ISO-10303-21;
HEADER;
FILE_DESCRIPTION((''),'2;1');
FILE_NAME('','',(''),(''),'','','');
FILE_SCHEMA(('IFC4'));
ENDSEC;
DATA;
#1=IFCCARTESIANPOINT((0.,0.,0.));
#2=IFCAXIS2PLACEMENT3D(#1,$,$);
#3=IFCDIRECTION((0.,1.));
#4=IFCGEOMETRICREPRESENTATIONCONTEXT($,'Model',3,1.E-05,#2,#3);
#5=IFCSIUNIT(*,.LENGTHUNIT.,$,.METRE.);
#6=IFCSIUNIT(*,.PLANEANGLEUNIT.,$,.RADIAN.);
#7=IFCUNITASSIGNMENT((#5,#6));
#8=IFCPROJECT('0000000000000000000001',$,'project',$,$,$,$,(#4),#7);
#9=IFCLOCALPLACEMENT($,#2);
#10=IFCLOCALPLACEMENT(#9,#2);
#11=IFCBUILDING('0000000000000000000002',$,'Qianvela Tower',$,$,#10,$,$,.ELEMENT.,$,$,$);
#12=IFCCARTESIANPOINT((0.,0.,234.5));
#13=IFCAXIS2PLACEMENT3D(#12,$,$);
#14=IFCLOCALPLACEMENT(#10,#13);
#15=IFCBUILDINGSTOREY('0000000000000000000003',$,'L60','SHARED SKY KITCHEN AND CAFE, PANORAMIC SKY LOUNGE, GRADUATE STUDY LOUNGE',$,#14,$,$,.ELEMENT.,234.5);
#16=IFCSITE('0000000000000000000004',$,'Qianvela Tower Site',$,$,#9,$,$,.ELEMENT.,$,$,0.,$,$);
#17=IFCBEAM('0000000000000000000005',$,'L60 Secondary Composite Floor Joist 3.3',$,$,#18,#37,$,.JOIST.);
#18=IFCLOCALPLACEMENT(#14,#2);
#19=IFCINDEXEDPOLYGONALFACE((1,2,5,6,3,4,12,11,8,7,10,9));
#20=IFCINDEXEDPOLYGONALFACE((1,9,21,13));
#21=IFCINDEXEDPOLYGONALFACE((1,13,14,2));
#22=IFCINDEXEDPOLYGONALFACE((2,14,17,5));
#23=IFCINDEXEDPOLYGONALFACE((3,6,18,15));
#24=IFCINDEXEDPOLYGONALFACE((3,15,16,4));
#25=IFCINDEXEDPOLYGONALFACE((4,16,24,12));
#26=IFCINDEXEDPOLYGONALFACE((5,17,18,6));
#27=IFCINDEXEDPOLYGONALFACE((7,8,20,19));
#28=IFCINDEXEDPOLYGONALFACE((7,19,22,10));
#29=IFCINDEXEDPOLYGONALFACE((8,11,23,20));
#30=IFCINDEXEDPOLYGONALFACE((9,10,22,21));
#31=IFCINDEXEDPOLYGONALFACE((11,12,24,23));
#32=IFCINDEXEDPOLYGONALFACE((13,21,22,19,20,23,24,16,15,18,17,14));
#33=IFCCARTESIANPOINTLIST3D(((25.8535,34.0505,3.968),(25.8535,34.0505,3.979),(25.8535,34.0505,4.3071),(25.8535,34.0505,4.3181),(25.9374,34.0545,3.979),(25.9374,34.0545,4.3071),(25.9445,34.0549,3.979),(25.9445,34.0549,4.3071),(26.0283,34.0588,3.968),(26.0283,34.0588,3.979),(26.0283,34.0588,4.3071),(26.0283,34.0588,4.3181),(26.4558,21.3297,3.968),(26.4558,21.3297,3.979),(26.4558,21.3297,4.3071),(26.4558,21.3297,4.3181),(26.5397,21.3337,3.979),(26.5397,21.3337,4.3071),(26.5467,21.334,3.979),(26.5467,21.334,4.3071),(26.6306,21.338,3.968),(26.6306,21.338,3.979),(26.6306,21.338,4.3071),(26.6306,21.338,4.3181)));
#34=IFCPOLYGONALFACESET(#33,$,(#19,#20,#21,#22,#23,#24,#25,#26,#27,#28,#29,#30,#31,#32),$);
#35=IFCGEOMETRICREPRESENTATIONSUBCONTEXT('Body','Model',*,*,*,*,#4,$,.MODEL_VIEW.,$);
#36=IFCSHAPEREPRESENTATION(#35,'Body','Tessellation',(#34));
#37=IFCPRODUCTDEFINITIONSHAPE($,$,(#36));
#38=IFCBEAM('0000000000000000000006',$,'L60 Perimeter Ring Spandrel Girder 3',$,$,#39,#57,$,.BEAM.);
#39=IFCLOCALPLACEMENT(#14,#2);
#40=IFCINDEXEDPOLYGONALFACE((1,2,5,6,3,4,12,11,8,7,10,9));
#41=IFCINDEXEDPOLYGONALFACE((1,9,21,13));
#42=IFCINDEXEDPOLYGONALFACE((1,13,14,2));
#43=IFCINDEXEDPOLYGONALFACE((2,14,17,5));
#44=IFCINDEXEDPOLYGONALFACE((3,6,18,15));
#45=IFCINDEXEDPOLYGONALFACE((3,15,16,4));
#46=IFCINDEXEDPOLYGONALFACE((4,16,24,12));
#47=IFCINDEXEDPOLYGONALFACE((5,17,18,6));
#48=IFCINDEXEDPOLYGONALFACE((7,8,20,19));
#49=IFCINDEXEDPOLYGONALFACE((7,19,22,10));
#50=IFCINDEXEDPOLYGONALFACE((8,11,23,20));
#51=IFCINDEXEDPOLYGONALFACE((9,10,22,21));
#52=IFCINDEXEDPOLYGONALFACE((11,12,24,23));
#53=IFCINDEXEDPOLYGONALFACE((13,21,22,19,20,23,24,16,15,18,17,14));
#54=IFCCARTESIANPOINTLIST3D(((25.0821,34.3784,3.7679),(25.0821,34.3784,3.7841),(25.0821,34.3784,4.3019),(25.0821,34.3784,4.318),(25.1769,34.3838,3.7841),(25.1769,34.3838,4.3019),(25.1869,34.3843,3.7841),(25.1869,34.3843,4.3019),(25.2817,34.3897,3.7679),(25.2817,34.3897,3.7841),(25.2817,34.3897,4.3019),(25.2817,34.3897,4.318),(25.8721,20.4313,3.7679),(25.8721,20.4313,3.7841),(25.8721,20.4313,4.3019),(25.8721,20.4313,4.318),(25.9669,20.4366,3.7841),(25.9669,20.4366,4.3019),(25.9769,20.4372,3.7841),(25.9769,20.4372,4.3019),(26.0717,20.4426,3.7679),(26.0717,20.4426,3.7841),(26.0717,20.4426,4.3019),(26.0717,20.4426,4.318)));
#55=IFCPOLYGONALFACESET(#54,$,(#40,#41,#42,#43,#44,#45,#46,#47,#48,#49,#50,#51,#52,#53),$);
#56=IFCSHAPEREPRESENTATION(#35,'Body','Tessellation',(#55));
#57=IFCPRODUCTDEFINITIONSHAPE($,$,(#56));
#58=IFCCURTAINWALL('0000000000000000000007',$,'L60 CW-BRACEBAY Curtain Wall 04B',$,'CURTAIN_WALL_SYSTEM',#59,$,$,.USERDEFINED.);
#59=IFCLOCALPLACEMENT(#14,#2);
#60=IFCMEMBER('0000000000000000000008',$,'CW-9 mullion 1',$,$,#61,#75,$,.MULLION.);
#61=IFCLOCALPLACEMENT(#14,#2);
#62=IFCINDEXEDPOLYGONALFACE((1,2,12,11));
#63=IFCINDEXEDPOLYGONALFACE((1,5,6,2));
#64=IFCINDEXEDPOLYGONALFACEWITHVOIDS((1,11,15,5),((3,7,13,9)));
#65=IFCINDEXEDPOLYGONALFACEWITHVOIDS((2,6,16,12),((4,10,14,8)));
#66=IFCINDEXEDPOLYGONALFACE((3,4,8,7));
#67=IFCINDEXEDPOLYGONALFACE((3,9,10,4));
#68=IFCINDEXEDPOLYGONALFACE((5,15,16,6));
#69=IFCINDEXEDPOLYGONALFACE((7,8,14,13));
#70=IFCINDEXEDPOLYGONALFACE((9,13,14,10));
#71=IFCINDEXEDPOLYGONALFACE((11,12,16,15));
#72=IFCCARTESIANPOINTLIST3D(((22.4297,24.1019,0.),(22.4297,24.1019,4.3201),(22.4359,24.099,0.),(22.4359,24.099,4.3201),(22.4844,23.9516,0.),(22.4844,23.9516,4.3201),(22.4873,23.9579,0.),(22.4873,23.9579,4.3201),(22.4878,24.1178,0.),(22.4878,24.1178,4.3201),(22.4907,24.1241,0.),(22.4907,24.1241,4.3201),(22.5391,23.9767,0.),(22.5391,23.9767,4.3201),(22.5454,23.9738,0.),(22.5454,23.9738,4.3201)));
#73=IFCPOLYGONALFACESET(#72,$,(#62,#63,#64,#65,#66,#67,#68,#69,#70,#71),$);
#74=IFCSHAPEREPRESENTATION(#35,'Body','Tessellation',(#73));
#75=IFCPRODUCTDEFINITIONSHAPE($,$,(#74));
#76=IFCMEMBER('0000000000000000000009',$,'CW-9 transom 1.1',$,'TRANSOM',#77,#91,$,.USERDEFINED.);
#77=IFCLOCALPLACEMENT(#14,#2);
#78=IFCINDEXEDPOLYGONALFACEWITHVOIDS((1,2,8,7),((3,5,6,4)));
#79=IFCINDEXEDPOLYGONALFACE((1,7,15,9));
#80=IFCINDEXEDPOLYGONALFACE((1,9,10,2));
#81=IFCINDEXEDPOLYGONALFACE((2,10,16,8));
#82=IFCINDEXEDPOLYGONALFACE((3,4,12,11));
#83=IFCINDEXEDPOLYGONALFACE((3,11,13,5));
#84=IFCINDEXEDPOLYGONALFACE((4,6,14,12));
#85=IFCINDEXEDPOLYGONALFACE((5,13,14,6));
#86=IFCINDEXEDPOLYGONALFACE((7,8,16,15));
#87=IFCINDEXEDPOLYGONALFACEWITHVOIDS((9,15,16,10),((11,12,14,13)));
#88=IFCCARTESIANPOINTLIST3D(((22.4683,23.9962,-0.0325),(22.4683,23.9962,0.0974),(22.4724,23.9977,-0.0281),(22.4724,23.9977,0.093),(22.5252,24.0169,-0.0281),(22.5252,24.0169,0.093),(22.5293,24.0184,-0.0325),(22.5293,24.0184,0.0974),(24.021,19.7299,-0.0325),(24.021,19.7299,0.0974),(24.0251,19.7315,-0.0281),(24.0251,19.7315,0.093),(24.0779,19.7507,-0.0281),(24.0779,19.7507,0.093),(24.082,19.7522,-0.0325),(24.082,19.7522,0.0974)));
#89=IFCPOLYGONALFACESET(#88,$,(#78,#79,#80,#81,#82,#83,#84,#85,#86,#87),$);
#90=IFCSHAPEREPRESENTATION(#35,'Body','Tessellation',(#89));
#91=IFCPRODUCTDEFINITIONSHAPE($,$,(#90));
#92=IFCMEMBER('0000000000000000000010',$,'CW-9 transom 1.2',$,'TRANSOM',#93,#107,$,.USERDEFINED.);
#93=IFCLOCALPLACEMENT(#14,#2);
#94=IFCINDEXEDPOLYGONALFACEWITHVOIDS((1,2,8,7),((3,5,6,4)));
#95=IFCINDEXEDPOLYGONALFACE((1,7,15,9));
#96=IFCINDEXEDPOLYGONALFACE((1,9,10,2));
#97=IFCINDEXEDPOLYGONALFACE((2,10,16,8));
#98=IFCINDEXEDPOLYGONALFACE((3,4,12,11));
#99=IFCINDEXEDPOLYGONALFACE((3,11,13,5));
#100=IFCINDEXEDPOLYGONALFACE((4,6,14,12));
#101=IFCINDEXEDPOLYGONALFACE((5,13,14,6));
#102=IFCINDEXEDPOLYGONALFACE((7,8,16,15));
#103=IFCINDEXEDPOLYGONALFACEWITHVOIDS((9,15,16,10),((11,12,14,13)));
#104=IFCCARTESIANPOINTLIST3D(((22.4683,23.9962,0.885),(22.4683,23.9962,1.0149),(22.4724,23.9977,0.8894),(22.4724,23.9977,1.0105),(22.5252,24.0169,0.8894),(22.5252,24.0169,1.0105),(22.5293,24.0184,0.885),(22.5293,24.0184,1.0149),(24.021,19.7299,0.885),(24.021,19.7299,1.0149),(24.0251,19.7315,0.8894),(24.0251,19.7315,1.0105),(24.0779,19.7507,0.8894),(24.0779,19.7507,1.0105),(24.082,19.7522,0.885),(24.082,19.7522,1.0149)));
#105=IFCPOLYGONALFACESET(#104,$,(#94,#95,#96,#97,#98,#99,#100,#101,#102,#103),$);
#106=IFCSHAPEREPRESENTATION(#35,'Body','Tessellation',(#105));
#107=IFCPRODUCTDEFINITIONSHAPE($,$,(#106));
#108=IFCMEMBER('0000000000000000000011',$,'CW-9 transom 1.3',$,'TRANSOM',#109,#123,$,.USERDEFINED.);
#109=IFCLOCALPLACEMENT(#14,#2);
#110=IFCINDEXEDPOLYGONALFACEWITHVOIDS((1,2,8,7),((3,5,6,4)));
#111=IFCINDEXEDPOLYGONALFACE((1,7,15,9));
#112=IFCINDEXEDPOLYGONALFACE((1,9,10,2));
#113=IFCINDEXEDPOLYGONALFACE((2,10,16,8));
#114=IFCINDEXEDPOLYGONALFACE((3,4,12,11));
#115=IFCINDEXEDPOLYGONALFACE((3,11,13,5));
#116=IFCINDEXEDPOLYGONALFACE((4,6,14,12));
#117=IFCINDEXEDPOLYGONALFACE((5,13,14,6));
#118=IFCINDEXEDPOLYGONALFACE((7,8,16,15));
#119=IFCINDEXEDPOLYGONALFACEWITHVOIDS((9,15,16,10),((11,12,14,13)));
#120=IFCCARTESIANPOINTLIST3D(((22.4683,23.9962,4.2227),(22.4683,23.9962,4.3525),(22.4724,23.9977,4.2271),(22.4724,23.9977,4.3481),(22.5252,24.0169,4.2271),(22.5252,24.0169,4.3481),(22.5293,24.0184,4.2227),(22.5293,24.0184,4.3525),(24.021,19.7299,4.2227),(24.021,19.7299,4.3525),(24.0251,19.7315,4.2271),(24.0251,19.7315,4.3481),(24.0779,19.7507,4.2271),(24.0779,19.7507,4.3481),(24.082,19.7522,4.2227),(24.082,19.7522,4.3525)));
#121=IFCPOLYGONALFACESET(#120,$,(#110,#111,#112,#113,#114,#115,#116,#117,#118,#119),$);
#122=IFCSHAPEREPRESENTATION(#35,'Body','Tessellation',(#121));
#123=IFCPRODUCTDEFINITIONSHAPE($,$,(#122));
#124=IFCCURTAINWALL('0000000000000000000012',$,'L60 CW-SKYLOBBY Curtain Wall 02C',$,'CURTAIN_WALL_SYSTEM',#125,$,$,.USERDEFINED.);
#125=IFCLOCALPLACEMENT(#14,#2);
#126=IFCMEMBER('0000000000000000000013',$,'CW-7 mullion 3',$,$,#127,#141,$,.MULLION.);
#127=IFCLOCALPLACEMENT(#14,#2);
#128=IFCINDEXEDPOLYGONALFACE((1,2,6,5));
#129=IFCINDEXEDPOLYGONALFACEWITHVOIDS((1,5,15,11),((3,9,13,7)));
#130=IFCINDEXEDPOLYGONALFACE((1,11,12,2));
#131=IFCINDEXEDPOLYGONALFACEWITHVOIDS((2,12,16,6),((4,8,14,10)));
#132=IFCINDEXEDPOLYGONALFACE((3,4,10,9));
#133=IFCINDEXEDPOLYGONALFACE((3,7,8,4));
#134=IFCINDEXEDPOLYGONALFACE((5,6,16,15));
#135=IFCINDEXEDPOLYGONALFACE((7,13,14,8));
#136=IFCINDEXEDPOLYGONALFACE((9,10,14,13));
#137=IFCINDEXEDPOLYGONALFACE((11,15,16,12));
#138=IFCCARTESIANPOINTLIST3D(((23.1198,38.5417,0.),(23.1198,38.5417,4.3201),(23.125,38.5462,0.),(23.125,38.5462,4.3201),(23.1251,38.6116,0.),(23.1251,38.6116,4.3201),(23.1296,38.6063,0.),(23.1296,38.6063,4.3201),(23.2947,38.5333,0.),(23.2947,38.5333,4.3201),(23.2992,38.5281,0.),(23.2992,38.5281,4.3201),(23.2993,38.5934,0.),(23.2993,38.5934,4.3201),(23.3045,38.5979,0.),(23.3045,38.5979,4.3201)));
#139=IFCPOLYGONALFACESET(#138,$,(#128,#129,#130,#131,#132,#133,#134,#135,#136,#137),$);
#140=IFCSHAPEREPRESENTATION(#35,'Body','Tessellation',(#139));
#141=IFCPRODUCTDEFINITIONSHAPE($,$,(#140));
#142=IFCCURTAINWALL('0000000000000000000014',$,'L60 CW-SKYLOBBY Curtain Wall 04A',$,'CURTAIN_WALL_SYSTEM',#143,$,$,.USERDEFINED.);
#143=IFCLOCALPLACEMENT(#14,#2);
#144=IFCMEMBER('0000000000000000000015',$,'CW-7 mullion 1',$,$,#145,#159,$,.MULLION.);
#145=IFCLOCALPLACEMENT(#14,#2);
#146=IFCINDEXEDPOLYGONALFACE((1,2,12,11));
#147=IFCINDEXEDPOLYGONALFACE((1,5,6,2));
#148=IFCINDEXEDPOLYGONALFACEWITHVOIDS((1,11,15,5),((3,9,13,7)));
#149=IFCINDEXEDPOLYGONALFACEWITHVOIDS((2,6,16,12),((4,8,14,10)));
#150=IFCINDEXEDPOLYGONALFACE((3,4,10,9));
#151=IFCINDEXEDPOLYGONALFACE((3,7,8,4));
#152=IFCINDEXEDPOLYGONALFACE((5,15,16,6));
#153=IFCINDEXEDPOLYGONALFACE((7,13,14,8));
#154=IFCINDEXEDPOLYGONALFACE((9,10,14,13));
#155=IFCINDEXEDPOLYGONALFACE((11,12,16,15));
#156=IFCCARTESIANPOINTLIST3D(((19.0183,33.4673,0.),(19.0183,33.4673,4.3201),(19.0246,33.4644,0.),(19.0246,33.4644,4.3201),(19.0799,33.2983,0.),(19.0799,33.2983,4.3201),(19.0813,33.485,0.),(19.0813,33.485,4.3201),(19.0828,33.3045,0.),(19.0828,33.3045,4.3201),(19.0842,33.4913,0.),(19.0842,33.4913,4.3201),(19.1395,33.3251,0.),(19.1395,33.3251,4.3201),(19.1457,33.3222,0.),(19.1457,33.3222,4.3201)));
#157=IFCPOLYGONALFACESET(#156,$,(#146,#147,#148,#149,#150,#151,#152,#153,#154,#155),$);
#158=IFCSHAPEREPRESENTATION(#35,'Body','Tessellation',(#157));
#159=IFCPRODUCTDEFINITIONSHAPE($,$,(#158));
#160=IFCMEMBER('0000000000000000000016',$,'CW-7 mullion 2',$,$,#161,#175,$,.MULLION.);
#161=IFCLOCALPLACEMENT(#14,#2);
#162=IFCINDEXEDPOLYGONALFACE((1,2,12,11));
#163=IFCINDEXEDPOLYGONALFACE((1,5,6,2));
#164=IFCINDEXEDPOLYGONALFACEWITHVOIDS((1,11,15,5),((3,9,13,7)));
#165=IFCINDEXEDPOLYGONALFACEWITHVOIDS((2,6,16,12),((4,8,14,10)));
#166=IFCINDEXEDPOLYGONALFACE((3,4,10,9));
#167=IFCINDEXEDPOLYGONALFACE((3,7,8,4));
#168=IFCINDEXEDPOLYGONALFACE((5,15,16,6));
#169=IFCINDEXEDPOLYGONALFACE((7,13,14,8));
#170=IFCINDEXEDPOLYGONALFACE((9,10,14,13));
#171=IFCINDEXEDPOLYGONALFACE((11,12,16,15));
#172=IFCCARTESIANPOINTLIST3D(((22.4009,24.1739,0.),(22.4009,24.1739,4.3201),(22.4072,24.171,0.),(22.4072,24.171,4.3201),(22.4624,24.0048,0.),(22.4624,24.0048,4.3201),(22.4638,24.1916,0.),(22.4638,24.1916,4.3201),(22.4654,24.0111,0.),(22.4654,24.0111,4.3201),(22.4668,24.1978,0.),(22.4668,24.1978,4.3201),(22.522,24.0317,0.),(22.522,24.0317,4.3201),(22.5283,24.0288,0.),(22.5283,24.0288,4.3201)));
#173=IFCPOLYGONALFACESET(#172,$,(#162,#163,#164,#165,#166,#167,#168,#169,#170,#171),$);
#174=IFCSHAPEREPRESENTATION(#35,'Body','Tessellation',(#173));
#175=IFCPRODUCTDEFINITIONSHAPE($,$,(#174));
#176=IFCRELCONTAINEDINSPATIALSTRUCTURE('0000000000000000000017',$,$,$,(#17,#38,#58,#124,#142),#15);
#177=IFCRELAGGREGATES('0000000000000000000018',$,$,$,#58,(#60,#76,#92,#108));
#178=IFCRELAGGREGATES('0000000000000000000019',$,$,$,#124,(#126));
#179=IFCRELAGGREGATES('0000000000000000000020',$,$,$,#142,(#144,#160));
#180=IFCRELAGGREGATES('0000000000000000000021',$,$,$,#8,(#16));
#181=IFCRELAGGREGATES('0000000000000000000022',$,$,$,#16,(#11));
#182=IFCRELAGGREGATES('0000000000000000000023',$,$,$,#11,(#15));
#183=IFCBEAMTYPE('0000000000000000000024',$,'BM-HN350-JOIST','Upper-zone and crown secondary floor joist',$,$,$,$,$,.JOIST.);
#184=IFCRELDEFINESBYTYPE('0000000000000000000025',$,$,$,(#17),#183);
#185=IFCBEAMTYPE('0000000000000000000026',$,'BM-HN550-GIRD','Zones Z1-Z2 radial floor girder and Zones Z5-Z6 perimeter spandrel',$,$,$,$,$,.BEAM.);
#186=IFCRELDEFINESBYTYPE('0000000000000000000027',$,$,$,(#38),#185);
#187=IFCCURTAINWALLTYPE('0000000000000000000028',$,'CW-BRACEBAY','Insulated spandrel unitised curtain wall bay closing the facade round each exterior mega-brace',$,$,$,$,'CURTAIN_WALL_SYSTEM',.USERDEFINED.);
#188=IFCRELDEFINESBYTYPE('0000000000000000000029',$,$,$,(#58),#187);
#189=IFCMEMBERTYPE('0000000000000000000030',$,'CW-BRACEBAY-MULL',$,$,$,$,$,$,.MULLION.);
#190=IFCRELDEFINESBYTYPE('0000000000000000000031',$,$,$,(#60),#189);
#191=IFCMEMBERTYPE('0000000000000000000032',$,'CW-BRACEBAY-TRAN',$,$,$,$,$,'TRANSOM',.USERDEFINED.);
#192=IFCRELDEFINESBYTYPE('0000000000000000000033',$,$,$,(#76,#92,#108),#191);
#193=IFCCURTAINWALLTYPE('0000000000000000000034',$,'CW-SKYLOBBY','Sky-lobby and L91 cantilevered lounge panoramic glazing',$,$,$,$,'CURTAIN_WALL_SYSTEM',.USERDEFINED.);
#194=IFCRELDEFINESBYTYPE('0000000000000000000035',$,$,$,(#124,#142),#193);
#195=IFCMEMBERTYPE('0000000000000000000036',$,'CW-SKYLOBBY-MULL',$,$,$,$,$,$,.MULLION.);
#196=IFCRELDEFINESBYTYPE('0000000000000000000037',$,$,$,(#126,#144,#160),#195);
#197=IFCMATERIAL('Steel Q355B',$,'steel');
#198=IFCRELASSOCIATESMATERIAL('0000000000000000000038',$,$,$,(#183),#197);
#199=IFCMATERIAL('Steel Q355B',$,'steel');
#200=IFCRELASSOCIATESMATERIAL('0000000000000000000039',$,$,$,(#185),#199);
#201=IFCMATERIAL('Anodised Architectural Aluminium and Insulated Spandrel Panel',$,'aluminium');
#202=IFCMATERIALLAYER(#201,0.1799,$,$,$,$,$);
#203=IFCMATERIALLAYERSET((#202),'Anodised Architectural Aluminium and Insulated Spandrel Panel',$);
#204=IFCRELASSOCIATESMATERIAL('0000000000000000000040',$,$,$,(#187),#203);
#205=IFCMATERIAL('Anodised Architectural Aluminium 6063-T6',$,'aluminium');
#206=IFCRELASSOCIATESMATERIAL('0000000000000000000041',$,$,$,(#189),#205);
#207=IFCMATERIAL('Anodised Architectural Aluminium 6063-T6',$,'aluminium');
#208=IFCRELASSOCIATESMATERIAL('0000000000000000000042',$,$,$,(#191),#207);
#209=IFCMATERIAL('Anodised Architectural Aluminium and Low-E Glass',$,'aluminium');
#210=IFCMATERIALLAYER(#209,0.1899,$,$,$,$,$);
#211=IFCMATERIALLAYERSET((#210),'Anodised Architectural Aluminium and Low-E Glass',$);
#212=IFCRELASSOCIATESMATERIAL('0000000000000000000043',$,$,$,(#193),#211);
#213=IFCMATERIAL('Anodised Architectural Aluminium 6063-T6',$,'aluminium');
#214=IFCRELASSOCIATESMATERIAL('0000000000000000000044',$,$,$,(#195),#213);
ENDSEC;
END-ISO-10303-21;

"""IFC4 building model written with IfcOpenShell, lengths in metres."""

from ifc_helpers import new_model, si_unit, direction, frame, origin, origin_2d, place, context, subcontext, project, spatial, hollow_rectangle, i_section, extrude, material, layer, layer_set, material_profile, profile_set, type_object, element, aggregate, save


model = new_model("IFC4")

# Units and contexts
model_context = context("Model", 3, precision=1e-05, world=origin(), true_north=direction((0.0, 1.0)))
body_context = subcontext(model_context, "Body", "Model", "MODEL_VIEW")
ifc_project = project(units=[si_unit("LENGTHUNIT", "METRE"), si_unit("PLANEANGLEUNIT", "RADIAN")], contexts=[model_context])

# Site, building, storey
site_placement = place(None, origin())
site = spatial("IfcSite", under=ifc_project, at=site_placement, Name="Qianvela Tower Site", CompositionType="ELEMENT", RefElevation=0.0)
building_placement = place(site_placement, origin())
building = spatial("IfcBuilding", under=site, at=building_placement, Name="Qianvela Tower", CompositionType="ELEMENT")
storey_placement = place(building_placement, frame((0.0, 0.0, 234.5)))
storey = spatial("IfcBuildingStorey", under=building, at=storey_placement, Name="L60", Description="SHARED SKY KITCHEN AND CAFE, PANORAMIC SKY LOUNGE, GRADUATE STUDY LOUNGE", CompositionType="ELEMENT", Elevation=234.5)

# Beams
ifc_material_1 = material(Name="Steel Q355B", Category="steel")
ifc_material_profile_1 = material_profile(ifc_material_1, i_section(OverallWidth=0.175, OverallDepth=0.3501, WebThickness=0.0071, FlangeThickness=0.011, at=origin_2d()), Name="HN350x175x7x11")
ifc_profile_set_1 = profile_set([ifc_material_profile_1], Name="Steel Q355B")
beam_type_1 = type_object("IfcBeamType", Name="BM-HN350-JOIST", Description="Upper-zone and crown secondary floor joist", PredefinedType="JOIST", material=ifc_profile_set_1)
beam_1_placement = place(storey_placement, frame((25.9409, 34.0547, 4.1431), z_axis=(0.047294, -0.998881, 0.0), x_axis=(0.998881, 0.047294, 0.0)))
element("IfcBeam", 1, at=beam_1_placement, inside=storey, type_object=beam_type_1, Name="L60 Secondary Composite Floor Joist 3.3", PredefinedType="JOIST", context=body_context, shape_type="SweptSolid", body=[
    extrude(i_section(OverallWidth=0.175, OverallDepth=0.3501, WebThickness=0.0071, FlangeThickness=0.011, at=origin_2d()), origin(), (0.0, 0.0, 1.0), 12.7351),
])
ifc_material_2 = material(Name="Steel Q355B", Category="steel")
ifc_material_profile_2 = material_profile(ifc_material_2, i_section(OverallWidth=0.2, OverallDepth=0.55, WebThickness=0.01, FlangeThickness=0.0161, at=origin_2d()), Name="HN550x200x10x16")
ifc_profile_set_2 = profile_set([ifc_material_profile_2], Name="Steel Q355B")
beam_type_2 = type_object("IfcBeamType", Name="BM-HN550-GIRD", Description="Zones Z1-Z2 radial floor girder and Zones Z5-Z6 perimeter spandrel", PredefinedType="BEAM", material=ifc_profile_set_2)
beam_2_placement = place(storey_placement, frame((25.1819, 34.384, 4.043), z_axis=(0.056555, -0.998399, 0.0), x_axis=(0.998399, 0.056555, 0.0)))
element("IfcBeam", 2, at=beam_2_placement, inside=storey, type_object=beam_type_2, Name="L60 Perimeter Ring Spandrel Girder 3", PredefinedType="BEAM", context=body_context, shape_type="SweptSolid", body=[
    extrude(i_section(OverallWidth=0.2, OverallDepth=0.55, WebThickness=0.01, FlangeThickness=0.0161, at=origin_2d()), origin(), (0.0, 0.0, 1.0), 13.9695),
])

# Curtain wall, members
ifc_material_3 = material(Name="Anodised Architectural Aluminium and Insulated Spandrel Panel", Category="aluminium")
ifc_layer_1 = layer(ifc_material_3, 0.1799)
ifc_layer_set_1 = layer_set([ifc_layer_1], Name="Anodised Architectural Aluminium and Insulated Spandrel Panel")
curtain_wall_type_1 = type_object("IfcCurtainWallType", Name="CW-BRACEBAY", Description="Insulated spandrel unitised curtain wall bay closing the facade round each exterior mega-brace", ElementType="CURTAIN_WALL_SYSTEM", PredefinedType="USERDEFINED", material=ifc_layer_set_1)
curtain_wall_1_placement = place(storey_placement, origin())
curtain_wall_1 = element("IfcCurtainWall", 3, at=curtain_wall_1_placement, inside=storey, type_object=curtain_wall_type_1, Name="L60 CW-BRACEBAY Curtain Wall 04B", ObjectType="CURTAIN_WALL_SYSTEM", PredefinedType="USERDEFINED")
ifc_material_4 = material(Name="Anodised Architectural Aluminium 6063-T6", Category="aluminium")
ifc_material_profile_3 = material_profile(ifc_material_4, hollow_rectangle(XDim=0.0649, YDim=0.1599, WallThickness=0.0049, at=origin_2d()), Name="ALU-MULL-65x160")
ifc_profile_set_3 = profile_set([ifc_material_profile_3], Name="Anodised Architectural Aluminium 6063-T6")
member_type_1 = type_object("IfcMemberType", Name="CW-BRACEBAY-MULL", PredefinedType="MULLION", material=ifc_profile_set_3)
member_1_placement = place(storey_placement, frame((22.4875, 24.0378, 0.0), z_axis=(0.0, 0.0, 1.0), x_axis=(0.939696, 0.342011, 0.0)))
member_1 = element("IfcMember", 4, at=member_1_placement, type_object=member_type_1, Name="CW-9 mullion 1", PredefinedType="MULLION", context=body_context, shape_type="SweptSolid", body=[
    extrude(hollow_rectangle(XDim=0.0649, YDim=0.1599, WallThickness=0.0049, at=origin_2d()), origin(), (0.0, 0.0, 1.0), 4.3201),
])
ifc_material_5 = material(Name="Anodised Architectural Aluminium 6063-T6", Category="aluminium")
ifc_material_profile_4 = material_profile(ifc_material_5, hollow_rectangle(XDim=0.0649, YDim=0.1299, WallThickness=0.0044, at=origin_2d()), Name="ALU-TRAN-65x130")
ifc_profile_set_4 = profile_set([ifc_material_profile_4], Name="Anodised Architectural Aluminium 6063-T6")
member_type_2 = type_object("IfcMemberType", Name="CW-BRACEBAY-TRAN", ElementType="TRANSOM", PredefinedType="USERDEFINED", material=ifc_profile_set_4)
member_2_placement = place(storey_placement, frame((22.4988, 24.0073, 0.0325), z_axis=(0.342002, -0.939699, 0.0), x_axis=(0.939699, 0.342002, 0.0)))
member_2 = element("IfcMember", 5, at=member_2_placement, type_object=member_type_2, Name="CW-9 transom 1.1", ObjectType="TRANSOM", PredefinedType="USERDEFINED", context=body_context, shape_type="SweptSolid", body=[
    extrude(hollow_rectangle(XDim=0.0649, YDim=0.1299, WallThickness=0.0044, at=origin_2d()), origin(), (0.0, 0.0, 1.0), 4.54),
])
member_3_placement = place(storey_placement, frame((22.4988, 24.0073, 0.95), z_axis=(0.342002, -0.939699, 0.0), x_axis=(0.939699, 0.342002, 0.0)))
member_3 = element("IfcMember", 6, at=member_3_placement, type_object=member_type_2, Name="CW-9 transom 1.2", ObjectType="TRANSOM", PredefinedType="USERDEFINED", context=body_context, shape_type="SweptSolid", body=[
    extrude(hollow_rectangle(XDim=0.0649, YDim=0.1299, WallThickness=0.0044, at=origin_2d()), origin(), (0.0, 0.0, 1.0), 4.54),
])
member_4_placement = place(storey_placement, frame((22.4988, 24.0073, 4.2876), z_axis=(0.342002, -0.939699, 0.0), x_axis=(0.939699, 0.342002, 0.0)))
member_4 = element("IfcMember", 7, at=member_4_placement, type_object=member_type_2, Name="CW-9 transom 1.3", ObjectType="TRANSOM", PredefinedType="USERDEFINED", context=body_context, shape_type="SweptSolid", body=[
    extrude(hollow_rectangle(XDim=0.0649, YDim=0.1299, WallThickness=0.0044, at=origin_2d()), origin(), (0.0, 0.0, 1.0), 4.54),
])
aggregate(curtain_wall_1, [member_1, member_2, member_3, member_4])

# Curtain wall, member
ifc_material_6 = material(Name="Anodised Architectural Aluminium and Low-E Glass", Category="aluminium")
ifc_layer_2 = layer(ifc_material_6, 0.1899)
ifc_layer_set_2 = layer_set([ifc_layer_2], Name="Anodised Architectural Aluminium and Low-E Glass")
curtain_wall_type_2 = type_object("IfcCurtainWallType", Name="CW-SKYLOBBY", Description="Sky-lobby and L91 cantilevered lounge panoramic glazing", ElementType="CURTAIN_WALL_SYSTEM", PredefinedType="USERDEFINED", material=ifc_layer_set_2)
curtain_wall_2_placement = place(storey_placement, origin())
curtain_wall_2 = element("IfcCurtainWall", 8, at=curtain_wall_2_placement, inside=storey, type_object=curtain_wall_type_2, Name="L60 CW-SKYLOBBY Curtain Wall 02C", ObjectType="CURTAIN_WALL_SYSTEM", PredefinedType="USERDEFINED")
ifc_material_7 = material(Name="Anodised Architectural Aluminium 6063-T6", Category="aluminium")
ifc_material_profile_5 = material_profile(ifc_material_7, hollow_rectangle(XDim=0.0701, YDim=0.1799, WallThickness=0.0049, at=origin_2d()), Name="ALU-MULL-70x180")
ifc_profile_set_5 = profile_set([ifc_material_profile_5], Name="Anodised Architectural Aluminium 6063-T6")
member_type_3 = type_object("IfcMemberType", Name="CW-SKYLOBBY-MULL", PredefinedType="MULLION", material=ifc_profile_set_5)
member_5_placement = place(storey_placement, frame((23.2122, 38.5698, 0.0), z_axis=(0.0, 0.0, 1.0), x_axis=(-0.0759, -0.997115, 0.0)))
member_5 = element("IfcMember", 9, at=member_5_placement, type_object=member_type_3, Name="CW-7 mullion 3", PredefinedType="MULLION", context=body_context, shape_type="SweptSolid", body=[
    extrude(hollow_rectangle(XDim=0.0701, YDim=0.1799, WallThickness=0.0049, at=origin_2d()), origin(), (0.0, 0.0, 1.0), 4.3201),
])

# Curtain wall, members
curtain_wall_3_placement = place(storey_placement, origin())
curtain_wall_3 = element("IfcCurtainWall", 10, at=curtain_wall_3_placement, inside=storey, type_object=curtain_wall_type_2, Name="L60 CW-SKYLOBBY Curtain Wall 04A", ObjectType="CURTAIN_WALL_SYSTEM", PredefinedType="USERDEFINED")
member_6_placement = place(storey_placement, frame((19.082, 33.3948, 0.0), z_axis=(0.0, 0.0, 1.0), x_axis=(0.939693, 0.34202, 0.0)))
member_6 = element("IfcMember", 11, at=member_6_placement, type_object=member_type_3, Name="CW-7 mullion 1", PredefinedType="MULLION", context=body_context, shape_type="SweptSolid", body=[
    extrude(hollow_rectangle(XDim=0.0701, YDim=0.1799, WallThickness=0.0049, at=origin_2d()), origin(), (0.0, 0.0, 1.0), 4.3201),
])
member_7_placement = place(storey_placement, frame((22.4646, 24.1013, 0.0), z_axis=(0.0, 0.0, 1.0), x_axis=(0.939693, 0.34202, 0.0)))
member_7 = element("IfcMember", 12, at=member_7_placement, type_object=member_type_3, Name="CW-7 mullion 2", PredefinedType="MULLION", context=body_context, shape_type="SweptSolid", body=[
    extrude(hollow_rectangle(XDim=0.0701, YDim=0.1799, WallThickness=0.0049, at=origin_2d()), origin(), (0.0, 0.0, 1.0), 4.3201),
])

aggregate(curtain_wall_2, [member_5])
aggregate(curtain_wall_3, [member_6, member_7])

save(model, "model.ifc")
